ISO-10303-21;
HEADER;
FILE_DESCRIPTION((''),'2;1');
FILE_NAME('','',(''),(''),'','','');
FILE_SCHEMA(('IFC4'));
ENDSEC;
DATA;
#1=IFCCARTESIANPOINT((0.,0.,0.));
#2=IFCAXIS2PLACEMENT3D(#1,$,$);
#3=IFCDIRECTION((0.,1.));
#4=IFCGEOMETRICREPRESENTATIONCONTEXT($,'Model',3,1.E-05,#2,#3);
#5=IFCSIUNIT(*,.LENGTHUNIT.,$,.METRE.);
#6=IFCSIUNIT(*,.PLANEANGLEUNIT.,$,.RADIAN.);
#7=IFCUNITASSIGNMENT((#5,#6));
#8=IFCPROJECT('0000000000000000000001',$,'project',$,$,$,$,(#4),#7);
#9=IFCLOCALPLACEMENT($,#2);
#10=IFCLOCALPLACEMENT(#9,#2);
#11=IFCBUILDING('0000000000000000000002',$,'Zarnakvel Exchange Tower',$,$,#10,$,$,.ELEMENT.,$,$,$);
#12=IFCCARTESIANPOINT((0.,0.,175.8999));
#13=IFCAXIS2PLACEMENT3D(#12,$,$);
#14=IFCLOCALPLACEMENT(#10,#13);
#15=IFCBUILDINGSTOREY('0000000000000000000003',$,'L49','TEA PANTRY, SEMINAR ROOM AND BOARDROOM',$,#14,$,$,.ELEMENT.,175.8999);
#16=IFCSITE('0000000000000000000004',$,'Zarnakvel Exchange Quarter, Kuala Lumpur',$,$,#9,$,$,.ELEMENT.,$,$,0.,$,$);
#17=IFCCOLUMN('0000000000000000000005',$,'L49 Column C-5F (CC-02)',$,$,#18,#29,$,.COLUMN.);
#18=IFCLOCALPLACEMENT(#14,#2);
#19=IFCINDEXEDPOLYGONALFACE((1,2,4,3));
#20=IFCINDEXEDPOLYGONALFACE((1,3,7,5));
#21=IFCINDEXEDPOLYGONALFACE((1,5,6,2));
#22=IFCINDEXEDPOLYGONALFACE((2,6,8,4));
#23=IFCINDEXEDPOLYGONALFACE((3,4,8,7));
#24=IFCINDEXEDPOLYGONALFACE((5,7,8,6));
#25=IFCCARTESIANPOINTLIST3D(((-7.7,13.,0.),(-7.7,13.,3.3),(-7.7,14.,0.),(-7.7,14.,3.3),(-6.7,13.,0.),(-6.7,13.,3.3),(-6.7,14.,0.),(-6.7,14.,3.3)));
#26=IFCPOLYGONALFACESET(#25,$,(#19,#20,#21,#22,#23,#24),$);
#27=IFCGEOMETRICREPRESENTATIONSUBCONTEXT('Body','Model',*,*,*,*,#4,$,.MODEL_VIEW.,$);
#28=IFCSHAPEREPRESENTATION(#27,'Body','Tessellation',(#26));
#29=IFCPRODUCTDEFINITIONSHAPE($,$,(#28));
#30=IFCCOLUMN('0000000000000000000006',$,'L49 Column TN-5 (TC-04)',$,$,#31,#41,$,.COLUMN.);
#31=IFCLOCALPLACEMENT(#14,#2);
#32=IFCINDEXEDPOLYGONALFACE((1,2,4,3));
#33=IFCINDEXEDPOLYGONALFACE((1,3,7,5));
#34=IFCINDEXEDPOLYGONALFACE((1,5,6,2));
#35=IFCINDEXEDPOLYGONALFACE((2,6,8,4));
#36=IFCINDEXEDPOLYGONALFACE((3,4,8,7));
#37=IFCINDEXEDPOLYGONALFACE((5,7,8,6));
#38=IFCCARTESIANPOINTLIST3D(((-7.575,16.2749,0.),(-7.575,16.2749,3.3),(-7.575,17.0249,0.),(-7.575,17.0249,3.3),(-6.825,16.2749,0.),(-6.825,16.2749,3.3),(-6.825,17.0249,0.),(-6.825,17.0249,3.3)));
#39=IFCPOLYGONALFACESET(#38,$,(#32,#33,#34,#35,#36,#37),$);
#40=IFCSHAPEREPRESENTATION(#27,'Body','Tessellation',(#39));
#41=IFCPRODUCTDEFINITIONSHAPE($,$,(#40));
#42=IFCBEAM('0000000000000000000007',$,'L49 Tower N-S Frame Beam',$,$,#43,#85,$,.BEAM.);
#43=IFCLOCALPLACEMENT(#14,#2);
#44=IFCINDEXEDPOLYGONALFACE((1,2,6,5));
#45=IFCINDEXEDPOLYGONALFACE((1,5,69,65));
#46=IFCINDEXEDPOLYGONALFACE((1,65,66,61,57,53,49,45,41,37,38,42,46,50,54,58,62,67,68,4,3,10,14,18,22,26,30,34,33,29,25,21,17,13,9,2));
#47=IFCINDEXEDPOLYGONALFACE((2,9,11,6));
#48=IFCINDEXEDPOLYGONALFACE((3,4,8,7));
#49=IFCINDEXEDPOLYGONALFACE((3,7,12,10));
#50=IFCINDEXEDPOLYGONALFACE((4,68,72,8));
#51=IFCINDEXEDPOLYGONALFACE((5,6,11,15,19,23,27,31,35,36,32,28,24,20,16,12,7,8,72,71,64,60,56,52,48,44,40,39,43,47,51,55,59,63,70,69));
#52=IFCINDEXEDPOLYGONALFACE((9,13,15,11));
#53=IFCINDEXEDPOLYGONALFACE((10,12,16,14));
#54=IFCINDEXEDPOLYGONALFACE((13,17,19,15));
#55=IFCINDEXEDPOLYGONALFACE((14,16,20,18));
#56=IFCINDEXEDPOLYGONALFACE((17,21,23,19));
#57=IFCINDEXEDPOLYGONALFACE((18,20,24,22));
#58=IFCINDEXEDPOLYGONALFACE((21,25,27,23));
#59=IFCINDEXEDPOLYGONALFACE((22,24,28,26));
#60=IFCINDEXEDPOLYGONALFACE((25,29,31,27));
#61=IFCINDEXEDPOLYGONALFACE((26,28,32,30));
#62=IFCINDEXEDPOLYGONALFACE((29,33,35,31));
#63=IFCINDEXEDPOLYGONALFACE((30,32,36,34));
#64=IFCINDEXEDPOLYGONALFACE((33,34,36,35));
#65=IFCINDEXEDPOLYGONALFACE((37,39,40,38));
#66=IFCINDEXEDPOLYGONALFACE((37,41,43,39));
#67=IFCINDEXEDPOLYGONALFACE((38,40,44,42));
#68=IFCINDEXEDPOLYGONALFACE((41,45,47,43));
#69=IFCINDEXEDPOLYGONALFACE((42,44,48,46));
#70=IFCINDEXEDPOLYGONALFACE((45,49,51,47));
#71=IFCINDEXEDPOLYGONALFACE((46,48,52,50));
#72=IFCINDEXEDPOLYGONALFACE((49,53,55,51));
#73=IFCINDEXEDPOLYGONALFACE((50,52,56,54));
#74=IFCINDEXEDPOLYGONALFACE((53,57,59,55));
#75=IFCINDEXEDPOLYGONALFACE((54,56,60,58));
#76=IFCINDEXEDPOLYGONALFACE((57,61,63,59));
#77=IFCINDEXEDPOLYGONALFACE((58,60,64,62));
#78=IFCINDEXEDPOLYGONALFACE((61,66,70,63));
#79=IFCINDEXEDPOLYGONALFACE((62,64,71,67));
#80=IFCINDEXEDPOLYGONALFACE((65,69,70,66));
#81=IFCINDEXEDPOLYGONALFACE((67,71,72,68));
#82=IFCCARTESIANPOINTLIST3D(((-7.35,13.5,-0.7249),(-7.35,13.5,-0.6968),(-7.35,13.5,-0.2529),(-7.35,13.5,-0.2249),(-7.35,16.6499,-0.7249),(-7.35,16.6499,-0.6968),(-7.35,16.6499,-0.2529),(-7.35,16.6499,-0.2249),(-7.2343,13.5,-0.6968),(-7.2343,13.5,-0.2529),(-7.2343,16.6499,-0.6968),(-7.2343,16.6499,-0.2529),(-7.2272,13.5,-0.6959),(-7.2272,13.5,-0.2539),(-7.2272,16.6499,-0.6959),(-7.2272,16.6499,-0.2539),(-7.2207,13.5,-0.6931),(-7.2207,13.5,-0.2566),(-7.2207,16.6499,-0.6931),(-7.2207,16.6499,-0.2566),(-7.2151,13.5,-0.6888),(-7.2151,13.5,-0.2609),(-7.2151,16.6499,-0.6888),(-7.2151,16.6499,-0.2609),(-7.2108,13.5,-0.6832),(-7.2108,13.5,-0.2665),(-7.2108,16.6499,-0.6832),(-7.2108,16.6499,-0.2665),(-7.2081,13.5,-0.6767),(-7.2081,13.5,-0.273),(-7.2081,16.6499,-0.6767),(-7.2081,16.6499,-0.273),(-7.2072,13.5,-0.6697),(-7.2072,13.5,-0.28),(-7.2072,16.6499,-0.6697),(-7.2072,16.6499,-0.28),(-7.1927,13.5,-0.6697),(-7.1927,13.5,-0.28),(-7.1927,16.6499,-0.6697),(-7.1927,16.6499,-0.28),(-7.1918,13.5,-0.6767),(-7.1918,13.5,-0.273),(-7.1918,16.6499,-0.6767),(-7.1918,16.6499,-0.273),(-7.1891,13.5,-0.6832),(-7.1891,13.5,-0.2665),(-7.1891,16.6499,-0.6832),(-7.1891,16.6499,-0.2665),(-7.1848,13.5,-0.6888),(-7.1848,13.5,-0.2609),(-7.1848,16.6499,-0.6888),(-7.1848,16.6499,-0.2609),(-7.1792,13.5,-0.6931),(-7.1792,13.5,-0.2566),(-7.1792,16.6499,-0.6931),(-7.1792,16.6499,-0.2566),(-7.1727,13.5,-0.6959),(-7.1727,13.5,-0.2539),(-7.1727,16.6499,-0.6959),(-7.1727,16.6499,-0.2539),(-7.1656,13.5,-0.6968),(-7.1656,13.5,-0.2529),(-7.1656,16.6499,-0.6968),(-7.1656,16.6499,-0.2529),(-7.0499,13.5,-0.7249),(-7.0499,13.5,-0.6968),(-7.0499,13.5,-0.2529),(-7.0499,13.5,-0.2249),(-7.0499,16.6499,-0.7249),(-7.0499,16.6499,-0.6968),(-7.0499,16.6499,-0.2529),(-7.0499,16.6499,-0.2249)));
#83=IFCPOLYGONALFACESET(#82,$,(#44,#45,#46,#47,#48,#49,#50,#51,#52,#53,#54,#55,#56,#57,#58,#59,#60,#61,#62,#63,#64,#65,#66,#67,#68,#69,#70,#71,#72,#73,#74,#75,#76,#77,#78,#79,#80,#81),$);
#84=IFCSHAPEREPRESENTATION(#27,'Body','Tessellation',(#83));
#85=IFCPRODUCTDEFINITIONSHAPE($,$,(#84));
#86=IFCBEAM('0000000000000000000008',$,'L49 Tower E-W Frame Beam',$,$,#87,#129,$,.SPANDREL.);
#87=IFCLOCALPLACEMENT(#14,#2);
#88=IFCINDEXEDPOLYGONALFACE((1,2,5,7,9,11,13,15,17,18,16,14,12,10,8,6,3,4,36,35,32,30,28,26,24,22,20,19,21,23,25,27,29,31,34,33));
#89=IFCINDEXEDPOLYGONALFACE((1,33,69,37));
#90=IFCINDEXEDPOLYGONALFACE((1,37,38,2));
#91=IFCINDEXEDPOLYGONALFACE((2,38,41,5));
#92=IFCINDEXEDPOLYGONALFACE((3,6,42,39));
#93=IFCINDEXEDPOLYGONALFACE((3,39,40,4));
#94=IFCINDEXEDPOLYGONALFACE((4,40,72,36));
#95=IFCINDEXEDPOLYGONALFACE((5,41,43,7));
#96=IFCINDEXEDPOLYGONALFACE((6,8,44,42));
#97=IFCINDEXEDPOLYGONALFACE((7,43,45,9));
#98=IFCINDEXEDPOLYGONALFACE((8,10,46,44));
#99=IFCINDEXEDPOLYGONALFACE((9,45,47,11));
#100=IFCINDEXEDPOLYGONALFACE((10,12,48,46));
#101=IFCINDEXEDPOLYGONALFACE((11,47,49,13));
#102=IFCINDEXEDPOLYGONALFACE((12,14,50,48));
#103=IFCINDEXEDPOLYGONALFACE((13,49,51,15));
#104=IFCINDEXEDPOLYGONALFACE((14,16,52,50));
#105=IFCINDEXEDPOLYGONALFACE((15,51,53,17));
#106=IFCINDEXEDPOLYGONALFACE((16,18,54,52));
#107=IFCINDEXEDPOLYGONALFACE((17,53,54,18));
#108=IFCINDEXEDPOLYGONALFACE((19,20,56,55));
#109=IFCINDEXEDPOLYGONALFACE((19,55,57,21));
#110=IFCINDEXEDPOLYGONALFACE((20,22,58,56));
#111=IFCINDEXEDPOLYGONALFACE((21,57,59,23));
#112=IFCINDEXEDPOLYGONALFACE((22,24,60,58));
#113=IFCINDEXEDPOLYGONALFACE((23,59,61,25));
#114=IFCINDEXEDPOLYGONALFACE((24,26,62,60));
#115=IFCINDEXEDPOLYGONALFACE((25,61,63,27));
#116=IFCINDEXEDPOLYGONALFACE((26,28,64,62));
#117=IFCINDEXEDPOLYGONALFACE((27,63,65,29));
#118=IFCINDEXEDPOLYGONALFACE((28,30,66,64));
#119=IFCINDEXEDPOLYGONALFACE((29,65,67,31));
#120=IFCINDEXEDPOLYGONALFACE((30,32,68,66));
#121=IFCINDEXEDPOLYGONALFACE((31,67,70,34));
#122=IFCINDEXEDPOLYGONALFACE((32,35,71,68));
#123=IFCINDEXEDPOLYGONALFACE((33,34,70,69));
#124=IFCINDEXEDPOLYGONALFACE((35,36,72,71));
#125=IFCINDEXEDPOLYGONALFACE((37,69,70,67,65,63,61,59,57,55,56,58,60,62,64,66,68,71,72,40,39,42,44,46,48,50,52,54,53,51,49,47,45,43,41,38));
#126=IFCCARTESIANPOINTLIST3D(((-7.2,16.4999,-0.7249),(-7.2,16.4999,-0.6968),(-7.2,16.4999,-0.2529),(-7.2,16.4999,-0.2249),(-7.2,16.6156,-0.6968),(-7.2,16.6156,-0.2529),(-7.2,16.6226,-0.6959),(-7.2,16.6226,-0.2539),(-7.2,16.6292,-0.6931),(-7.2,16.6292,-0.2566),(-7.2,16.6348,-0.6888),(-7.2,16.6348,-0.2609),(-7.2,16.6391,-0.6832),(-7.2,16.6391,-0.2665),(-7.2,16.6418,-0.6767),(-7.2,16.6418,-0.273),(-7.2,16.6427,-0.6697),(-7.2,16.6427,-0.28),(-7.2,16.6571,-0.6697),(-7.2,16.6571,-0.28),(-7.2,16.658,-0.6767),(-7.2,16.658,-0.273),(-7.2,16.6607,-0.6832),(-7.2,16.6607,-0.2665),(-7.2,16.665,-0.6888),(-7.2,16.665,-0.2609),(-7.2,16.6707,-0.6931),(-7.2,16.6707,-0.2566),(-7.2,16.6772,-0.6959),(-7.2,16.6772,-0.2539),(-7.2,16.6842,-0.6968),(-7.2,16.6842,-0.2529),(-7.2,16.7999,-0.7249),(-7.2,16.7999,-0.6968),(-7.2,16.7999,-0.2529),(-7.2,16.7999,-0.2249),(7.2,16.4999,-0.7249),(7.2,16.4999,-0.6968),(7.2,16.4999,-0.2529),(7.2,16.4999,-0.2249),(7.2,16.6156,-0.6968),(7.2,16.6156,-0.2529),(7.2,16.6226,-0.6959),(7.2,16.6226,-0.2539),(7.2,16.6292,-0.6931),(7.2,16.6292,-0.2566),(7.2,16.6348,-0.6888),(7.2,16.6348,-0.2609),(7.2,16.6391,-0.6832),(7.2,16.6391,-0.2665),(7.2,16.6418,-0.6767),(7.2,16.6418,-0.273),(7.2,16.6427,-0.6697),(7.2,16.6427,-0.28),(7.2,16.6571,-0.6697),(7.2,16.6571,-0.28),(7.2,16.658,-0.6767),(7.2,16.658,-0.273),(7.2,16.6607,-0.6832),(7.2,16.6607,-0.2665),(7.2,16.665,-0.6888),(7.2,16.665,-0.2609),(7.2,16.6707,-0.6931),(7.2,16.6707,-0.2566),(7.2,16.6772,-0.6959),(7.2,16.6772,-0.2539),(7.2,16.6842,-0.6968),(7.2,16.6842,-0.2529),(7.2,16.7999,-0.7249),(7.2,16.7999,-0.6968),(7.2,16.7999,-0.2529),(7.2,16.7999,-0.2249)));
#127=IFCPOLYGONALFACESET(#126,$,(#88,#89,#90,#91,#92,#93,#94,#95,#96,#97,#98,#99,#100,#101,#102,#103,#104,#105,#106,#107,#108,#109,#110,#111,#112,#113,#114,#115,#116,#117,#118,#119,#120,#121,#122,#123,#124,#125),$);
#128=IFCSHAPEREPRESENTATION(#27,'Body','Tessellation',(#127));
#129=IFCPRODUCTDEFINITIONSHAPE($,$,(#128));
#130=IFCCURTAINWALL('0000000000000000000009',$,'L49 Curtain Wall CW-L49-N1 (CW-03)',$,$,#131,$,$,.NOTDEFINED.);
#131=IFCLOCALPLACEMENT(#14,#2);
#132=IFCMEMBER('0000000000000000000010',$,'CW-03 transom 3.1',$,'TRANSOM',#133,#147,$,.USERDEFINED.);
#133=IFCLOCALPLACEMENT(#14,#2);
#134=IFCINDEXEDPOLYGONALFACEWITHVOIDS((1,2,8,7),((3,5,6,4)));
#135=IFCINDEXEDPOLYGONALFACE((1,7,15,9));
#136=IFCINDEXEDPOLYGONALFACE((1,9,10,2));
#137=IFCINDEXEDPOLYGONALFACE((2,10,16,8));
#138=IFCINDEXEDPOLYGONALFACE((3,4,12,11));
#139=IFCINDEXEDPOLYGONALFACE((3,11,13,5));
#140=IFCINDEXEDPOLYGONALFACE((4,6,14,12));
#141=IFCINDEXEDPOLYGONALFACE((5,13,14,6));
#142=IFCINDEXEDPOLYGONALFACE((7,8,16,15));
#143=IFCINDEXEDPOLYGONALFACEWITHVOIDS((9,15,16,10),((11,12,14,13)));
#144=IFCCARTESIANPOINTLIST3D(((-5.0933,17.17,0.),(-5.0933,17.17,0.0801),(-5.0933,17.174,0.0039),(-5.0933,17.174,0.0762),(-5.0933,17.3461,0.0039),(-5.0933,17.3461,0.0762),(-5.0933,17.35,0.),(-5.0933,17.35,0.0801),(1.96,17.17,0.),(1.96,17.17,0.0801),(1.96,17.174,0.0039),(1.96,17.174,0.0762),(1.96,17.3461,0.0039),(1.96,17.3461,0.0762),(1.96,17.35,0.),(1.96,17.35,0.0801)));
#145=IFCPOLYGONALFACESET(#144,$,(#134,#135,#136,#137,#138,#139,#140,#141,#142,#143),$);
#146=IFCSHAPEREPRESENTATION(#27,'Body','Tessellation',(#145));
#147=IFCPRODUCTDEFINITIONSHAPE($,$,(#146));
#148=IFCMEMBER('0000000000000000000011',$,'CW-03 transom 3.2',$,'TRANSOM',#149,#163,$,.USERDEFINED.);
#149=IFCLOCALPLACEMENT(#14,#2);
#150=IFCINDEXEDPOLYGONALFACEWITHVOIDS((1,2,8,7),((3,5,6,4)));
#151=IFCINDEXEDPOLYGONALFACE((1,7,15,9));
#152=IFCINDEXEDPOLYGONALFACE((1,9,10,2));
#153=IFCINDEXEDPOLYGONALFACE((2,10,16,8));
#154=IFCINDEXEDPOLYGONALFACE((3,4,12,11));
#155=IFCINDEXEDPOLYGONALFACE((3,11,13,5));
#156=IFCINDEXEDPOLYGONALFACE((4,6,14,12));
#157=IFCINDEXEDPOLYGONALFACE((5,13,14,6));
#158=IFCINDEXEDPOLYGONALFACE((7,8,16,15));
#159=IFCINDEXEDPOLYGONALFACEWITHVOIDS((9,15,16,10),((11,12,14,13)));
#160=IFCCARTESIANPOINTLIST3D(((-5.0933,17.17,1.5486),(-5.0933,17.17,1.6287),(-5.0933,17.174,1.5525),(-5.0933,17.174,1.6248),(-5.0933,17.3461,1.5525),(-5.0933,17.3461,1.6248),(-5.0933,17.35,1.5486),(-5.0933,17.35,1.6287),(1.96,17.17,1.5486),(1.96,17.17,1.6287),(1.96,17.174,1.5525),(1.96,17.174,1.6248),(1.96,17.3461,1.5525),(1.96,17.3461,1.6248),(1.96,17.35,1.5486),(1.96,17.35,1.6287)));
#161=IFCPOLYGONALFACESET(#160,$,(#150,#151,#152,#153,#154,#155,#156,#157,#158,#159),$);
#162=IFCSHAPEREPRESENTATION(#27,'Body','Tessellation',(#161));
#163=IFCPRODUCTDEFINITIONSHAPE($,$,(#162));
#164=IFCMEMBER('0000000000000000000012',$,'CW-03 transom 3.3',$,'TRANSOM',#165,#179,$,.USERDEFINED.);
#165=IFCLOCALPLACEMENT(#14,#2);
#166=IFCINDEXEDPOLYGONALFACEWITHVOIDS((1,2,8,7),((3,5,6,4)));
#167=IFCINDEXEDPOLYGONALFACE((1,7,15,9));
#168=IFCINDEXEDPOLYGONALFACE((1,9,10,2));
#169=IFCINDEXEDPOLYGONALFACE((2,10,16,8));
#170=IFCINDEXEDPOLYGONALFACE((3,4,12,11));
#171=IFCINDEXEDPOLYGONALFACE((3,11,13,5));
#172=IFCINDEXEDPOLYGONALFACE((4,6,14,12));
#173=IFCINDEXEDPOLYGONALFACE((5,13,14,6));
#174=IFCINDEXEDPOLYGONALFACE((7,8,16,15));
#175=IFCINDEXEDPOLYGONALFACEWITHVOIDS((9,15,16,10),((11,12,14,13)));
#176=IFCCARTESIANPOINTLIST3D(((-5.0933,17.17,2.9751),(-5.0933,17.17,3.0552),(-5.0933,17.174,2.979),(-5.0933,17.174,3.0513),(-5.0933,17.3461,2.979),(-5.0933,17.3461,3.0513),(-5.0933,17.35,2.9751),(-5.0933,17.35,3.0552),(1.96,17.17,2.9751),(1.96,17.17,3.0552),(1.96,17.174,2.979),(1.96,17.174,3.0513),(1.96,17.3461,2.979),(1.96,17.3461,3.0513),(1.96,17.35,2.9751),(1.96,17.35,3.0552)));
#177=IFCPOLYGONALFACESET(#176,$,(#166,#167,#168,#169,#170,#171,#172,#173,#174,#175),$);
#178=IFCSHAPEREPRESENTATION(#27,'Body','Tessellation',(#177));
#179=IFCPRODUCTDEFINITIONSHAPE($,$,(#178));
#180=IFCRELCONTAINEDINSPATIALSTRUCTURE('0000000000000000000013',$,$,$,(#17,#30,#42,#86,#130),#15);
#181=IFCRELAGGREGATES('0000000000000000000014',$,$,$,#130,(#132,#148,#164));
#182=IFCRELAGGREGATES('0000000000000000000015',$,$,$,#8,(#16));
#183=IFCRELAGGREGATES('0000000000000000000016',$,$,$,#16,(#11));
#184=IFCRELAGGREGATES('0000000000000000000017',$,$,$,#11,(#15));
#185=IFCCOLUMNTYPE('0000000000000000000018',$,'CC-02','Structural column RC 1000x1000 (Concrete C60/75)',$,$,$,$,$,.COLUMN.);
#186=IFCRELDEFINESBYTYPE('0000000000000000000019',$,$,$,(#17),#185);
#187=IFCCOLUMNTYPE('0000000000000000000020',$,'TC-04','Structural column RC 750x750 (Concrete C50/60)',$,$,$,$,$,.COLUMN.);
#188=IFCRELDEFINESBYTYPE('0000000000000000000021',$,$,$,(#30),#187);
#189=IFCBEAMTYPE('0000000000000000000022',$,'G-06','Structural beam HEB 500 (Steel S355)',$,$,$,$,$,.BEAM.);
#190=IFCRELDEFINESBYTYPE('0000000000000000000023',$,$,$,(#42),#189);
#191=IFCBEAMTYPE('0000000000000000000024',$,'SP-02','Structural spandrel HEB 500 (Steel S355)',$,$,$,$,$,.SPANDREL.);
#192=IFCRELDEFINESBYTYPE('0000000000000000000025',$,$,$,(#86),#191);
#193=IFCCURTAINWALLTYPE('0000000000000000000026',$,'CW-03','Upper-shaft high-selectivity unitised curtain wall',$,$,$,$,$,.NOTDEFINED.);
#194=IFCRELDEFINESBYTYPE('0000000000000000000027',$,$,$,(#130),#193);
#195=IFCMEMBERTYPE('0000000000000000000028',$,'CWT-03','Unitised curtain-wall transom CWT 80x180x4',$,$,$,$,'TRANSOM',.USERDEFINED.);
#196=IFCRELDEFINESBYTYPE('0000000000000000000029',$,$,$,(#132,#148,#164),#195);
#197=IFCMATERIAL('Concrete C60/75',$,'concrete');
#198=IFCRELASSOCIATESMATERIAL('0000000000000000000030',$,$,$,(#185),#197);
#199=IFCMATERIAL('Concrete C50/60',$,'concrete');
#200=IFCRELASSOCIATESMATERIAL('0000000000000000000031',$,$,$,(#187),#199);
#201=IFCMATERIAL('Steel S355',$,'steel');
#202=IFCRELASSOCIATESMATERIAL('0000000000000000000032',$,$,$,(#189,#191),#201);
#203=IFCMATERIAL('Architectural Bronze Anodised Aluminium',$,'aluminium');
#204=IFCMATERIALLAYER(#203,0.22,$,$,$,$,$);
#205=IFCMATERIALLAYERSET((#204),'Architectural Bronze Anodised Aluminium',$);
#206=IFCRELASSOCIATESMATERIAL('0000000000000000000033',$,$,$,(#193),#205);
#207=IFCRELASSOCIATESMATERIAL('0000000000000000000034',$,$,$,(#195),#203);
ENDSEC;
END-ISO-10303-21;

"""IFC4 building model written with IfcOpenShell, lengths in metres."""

from ifc_helpers import new_model, si_unit, direction, frame, origin, origin_2d, place, context, subcontext, project, spatial, rectangle, hollow_rectangle, i_section, extrude, source, transform, mapped, material, layer, layer_set, material_profile, profile_set, type_object, element, aggregate, save


model = new_model("IFC4")

# Units and contexts
model_context = context("Model", 3, precision=1e-05, world=origin(), true_north=direction((0.0, 1.0)))
body_context = subcontext(model_context, "Body", "Model", "MODEL_VIEW")
ifc_project = project(units=[si_unit("LENGTHUNIT", "METRE"), si_unit("PLANEANGLEUNIT", "RADIAN")], contexts=[model_context])

# Site, building, storey
site_placement = place(None, origin())
site = spatial("IfcSite", under=ifc_project, at=site_placement, Name="Zarnakvel Exchange Quarter, Kuala Lumpur", CompositionType="ELEMENT", RefElevation=0.0)
building_placement = place(site_placement, origin())
building = spatial("IfcBuilding", under=site, at=building_placement, Name="Zarnakvel Exchange Tower", CompositionType="ELEMENT")
storey_placement = place(building_placement, frame((0.0, 0.0, 175.8999)))
storey = spatial("IfcBuildingStorey", under=building, at=storey_placement, Name="L49", Description="TEA PANTRY, SEMINAR ROOM AND BOARDROOM", CompositionType="ELEMENT", Elevation=175.8999)

# Columns
ifc_material_1 = material(Name="Concrete C60/75", Category="concrete")
ifc_material_profile_1 = material_profile(ifc_material_1, rectangle(XDim=1.0, YDim=1.0, at=origin_2d()))
ifc_profile_set_1 = profile_set([ifc_material_profile_1], Name="Concrete C60/75")
column_type_1 = type_object("IfcColumnType", Name="CC-02", Description="Structural column RC 1000x1000 (Concrete C60/75)", PredefinedType="COLUMN", material=ifc_profile_set_1)
column_1_placement = place(storey_placement, frame((-7.2, 13.5, 0.0), z_axis=(0.0, 0.0, 1.0), x_axis=(1.0, 0.0, 0.0)))
element("IfcColumn", 1, at=column_1_placement, inside=storey, type_object=column_type_1, Name="L49 Column C-5F (CC-02)", PredefinedType="COLUMN", context=body_context, shape_type="SweptSolid", body=[
    extrude(rectangle(XDim=1.0, YDim=1.0, at=origin_2d()), origin(), (0.0, 0.0, 1.0), 3.3),
])
ifc_material_2 = material(Name="Concrete C50/60", Category="concrete")
ifc_material_profile_2 = material_profile(ifc_material_2, rectangle(XDim=0.75, YDim=0.75, at=origin_2d()))
ifc_profile_set_2 = profile_set([ifc_material_profile_2], Name="Concrete C50/60")
column_type_2 = type_object("IfcColumnType", Name="TC-04", Description="Structural column RC 750x750 (Concrete C50/60)", PredefinedType="COLUMN", material=ifc_profile_set_2)
column_2_placement = place(storey_placement, frame((-7.2, 16.6499, 0.0), z_axis=(0.0, 0.0, 1.0), x_axis=(1.0, 0.0, 0.0)))
element("IfcColumn", 2, at=column_2_placement, inside=storey, type_object=column_type_2, Name="L49 Column TN-5 (TC-04)", PredefinedType="COLUMN", context=body_context, shape_type="SweptSolid", body=[
    extrude(rectangle(XDim=0.75, YDim=0.75, at=origin_2d()), origin(), (0.0, 0.0, 1.0), 3.3),
])

# Beams
ifc_material_3 = material(Name="Steel S355", Category="steel")
ifc_material_profile_3 = material_profile(ifc_material_3, i_section(OverallWidth=0.3, OverallDepth=0.5, WebThickness=0.0144, FlangeThickness=0.0281, FilletRadius=0.0271, at=origin_2d()))
ifc_profile_set_3 = profile_set([ifc_material_profile_3], Name="Steel S355")
beam_type_1 = type_object("IfcBeamType", Name="G-06", Description="Structural beam HEB 500 (Steel S355)", PredefinedType="BEAM", material=ifc_profile_set_3)
beam_1_placement = place(storey_placement, frame((-7.2, 13.5, -0.4749), z_axis=(0.0, 1.0, 0.0), x_axis=(-1.0, 0.0, 0.0)))
element("IfcBeam", 3, at=beam_1_placement, inside=storey, type_object=beam_type_1, Name="L49 Tower N-S Frame Beam", PredefinedType="BEAM", context=body_context, shape_type="SweptSolid", body=[
    extrude(i_section(OverallWidth=0.3, OverallDepth=0.5, WebThickness=0.0144, FlangeThickness=0.0281, FilletRadius=0.0271, at=origin_2d()), origin(), (0.0, 0.0, 1.0), 3.1499),
])
ifc_material_profile_4 = material_profile(ifc_material_3, i_section(OverallWidth=0.3, OverallDepth=0.5, WebThickness=0.0144, FlangeThickness=0.0281, FilletRadius=0.0271, at=origin_2d()))
ifc_profile_set_4 = profile_set([ifc_material_profile_4], Name="Steel S355")
beam_type_2 = type_object("IfcBeamType", Name="SP-02", Description="Structural spandrel HEB 500 (Steel S355)", PredefinedType="SPANDREL", material=ifc_profile_set_4)
beam_2_placement = place(storey_placement, frame((-7.2, 16.6499, -0.4749), z_axis=(1.0, 0.0, 0.0), x_axis=(0.0, 1.0, 0.0)))
element("IfcBeam", 4, at=beam_2_placement, inside=storey, type_object=beam_type_2, Name="L49 Tower E-W Frame Beam", PredefinedType="SPANDREL", context=body_context, shape_type="SweptSolid", body=[
    extrude(i_section(OverallWidth=0.3, OverallDepth=0.5, WebThickness=0.0144, FlangeThickness=0.0281, FilletRadius=0.0271, at=origin_2d()), origin(), (0.0, 0.0, 1.0), 14.3999),
])

# Curtain wall, members
ifc_material_4 = material(Name="Architectural Bronze Anodised Aluminium", Category="aluminium")
ifc_layer_1 = layer(ifc_material_4, 0.22)
ifc_layer_set_1 = layer_set([ifc_layer_1], Name="Architectural Bronze Anodised Aluminium")
curtain_wall_type = type_object("IfcCurtainWallType", Name="CW-03", Description="Upper-shaft high-selectivity unitised curtain wall", PredefinedType="NOTDEFINED", material=ifc_layer_set_1)
curtain_wall_placement = place(storey_placement, origin())
curtain_wall = element("IfcCurtainWall", 5, at=curtain_wall_placement, inside=storey, type_object=curtain_wall_type, Name="L49 Curtain Wall CW-L49-N1 (CW-03)", PredefinedType="NOTDEFINED")
ifc_material_profile_5 = material_profile(ifc_material_4, hollow_rectangle(XDim=0.1799, YDim=0.0801, WallThickness=0.0039, at=origin_2d()))
ifc_profile_set_5 = profile_set([ifc_material_profile_5], Name="Architectural Bronze Anodised Aluminium")
member_type_1 = type_object("IfcMemberType", Name="CWT-03", Description="Unitised curtain-wall transom CWT 80x180x4", ElementType="TRANSOM", PredefinedType="USERDEFINED", material=ifc_profile_set_5)
shared_shape_1 = source(origin(), body_context, "Body", "SweptSolid", [
    extrude(hollow_rectangle(XDim=0.1799, YDim=0.0801, WallThickness=0.0039, at=origin_2d()), origin(), (0.0, 0.0, 1.0), 7.0532),
])
member_1_placement = place(storey_placement, frame((-5.0933, 17.26, 0.04), z_axis=(1.0, 0.0, 0.0), x_axis=(0.0, 1.0, 0.0)))
member_1 = element("IfcMember", 6, at=member_1_placement, type_object=member_type_1, Name="CW-03 transom 3.1", ObjectType="TRANSOM", PredefinedType="USERDEFINED", context=body_context, shape_type="MappedRepresentation", body=[
    mapped(shared_shape_1, transform((0.0, 0.0, 0.0), x_axis=(1.0, 0.0, 0.0), y_axis=(0.0, 1.0, 0.0), z_axis=(0.0, 0.0, 1.0), scale=1.0)),
])
member_2_placement = place(storey_placement, frame((-5.0933, 17.26, 1.5886), z_axis=(1.0, 0.0, 0.0), x_axis=(0.0, 1.0, 0.0)))
member_2 = element("IfcMember", 7, at=member_2_placement, type_object=member_type_1, Name="CW-03 transom 3.2", ObjectType="TRANSOM", PredefinedType="USERDEFINED", context=body_context, shape_type="MappedRepresentation", body=[
    mapped(shared_shape_1, transform((0.0, 0.0, 0.0), x_axis=(1.0, 0.0, 0.0), y_axis=(0.0, 1.0, 0.0), z_axis=(0.0, 0.0, 1.0), scale=1.0)),
])
member_3_placement = place(storey_placement, frame((-5.0933, 17.26, 3.0151), z_axis=(1.0, 0.0, 0.0), x_axis=(0.0, 1.0, 0.0)))
member_3 = element("IfcMember", 8, at=member_3_placement, type_object=member_type_1, Name="CW-03 transom 3.3", ObjectType="TRANSOM", PredefinedType="USERDEFINED", context=body_context, shape_type="MappedRepresentation", body=[
    mapped(shared_shape_1, transform((0.0, 0.0, 0.0), x_axis=(1.0, 0.0, 0.0), y_axis=(0.0, 1.0, 0.0), z_axis=(0.0, 0.0, 1.0), scale=1.0)),
])
aggregate(curtain_wall, [member_1, member_2, member_3])

save(model, "model.ifc")
